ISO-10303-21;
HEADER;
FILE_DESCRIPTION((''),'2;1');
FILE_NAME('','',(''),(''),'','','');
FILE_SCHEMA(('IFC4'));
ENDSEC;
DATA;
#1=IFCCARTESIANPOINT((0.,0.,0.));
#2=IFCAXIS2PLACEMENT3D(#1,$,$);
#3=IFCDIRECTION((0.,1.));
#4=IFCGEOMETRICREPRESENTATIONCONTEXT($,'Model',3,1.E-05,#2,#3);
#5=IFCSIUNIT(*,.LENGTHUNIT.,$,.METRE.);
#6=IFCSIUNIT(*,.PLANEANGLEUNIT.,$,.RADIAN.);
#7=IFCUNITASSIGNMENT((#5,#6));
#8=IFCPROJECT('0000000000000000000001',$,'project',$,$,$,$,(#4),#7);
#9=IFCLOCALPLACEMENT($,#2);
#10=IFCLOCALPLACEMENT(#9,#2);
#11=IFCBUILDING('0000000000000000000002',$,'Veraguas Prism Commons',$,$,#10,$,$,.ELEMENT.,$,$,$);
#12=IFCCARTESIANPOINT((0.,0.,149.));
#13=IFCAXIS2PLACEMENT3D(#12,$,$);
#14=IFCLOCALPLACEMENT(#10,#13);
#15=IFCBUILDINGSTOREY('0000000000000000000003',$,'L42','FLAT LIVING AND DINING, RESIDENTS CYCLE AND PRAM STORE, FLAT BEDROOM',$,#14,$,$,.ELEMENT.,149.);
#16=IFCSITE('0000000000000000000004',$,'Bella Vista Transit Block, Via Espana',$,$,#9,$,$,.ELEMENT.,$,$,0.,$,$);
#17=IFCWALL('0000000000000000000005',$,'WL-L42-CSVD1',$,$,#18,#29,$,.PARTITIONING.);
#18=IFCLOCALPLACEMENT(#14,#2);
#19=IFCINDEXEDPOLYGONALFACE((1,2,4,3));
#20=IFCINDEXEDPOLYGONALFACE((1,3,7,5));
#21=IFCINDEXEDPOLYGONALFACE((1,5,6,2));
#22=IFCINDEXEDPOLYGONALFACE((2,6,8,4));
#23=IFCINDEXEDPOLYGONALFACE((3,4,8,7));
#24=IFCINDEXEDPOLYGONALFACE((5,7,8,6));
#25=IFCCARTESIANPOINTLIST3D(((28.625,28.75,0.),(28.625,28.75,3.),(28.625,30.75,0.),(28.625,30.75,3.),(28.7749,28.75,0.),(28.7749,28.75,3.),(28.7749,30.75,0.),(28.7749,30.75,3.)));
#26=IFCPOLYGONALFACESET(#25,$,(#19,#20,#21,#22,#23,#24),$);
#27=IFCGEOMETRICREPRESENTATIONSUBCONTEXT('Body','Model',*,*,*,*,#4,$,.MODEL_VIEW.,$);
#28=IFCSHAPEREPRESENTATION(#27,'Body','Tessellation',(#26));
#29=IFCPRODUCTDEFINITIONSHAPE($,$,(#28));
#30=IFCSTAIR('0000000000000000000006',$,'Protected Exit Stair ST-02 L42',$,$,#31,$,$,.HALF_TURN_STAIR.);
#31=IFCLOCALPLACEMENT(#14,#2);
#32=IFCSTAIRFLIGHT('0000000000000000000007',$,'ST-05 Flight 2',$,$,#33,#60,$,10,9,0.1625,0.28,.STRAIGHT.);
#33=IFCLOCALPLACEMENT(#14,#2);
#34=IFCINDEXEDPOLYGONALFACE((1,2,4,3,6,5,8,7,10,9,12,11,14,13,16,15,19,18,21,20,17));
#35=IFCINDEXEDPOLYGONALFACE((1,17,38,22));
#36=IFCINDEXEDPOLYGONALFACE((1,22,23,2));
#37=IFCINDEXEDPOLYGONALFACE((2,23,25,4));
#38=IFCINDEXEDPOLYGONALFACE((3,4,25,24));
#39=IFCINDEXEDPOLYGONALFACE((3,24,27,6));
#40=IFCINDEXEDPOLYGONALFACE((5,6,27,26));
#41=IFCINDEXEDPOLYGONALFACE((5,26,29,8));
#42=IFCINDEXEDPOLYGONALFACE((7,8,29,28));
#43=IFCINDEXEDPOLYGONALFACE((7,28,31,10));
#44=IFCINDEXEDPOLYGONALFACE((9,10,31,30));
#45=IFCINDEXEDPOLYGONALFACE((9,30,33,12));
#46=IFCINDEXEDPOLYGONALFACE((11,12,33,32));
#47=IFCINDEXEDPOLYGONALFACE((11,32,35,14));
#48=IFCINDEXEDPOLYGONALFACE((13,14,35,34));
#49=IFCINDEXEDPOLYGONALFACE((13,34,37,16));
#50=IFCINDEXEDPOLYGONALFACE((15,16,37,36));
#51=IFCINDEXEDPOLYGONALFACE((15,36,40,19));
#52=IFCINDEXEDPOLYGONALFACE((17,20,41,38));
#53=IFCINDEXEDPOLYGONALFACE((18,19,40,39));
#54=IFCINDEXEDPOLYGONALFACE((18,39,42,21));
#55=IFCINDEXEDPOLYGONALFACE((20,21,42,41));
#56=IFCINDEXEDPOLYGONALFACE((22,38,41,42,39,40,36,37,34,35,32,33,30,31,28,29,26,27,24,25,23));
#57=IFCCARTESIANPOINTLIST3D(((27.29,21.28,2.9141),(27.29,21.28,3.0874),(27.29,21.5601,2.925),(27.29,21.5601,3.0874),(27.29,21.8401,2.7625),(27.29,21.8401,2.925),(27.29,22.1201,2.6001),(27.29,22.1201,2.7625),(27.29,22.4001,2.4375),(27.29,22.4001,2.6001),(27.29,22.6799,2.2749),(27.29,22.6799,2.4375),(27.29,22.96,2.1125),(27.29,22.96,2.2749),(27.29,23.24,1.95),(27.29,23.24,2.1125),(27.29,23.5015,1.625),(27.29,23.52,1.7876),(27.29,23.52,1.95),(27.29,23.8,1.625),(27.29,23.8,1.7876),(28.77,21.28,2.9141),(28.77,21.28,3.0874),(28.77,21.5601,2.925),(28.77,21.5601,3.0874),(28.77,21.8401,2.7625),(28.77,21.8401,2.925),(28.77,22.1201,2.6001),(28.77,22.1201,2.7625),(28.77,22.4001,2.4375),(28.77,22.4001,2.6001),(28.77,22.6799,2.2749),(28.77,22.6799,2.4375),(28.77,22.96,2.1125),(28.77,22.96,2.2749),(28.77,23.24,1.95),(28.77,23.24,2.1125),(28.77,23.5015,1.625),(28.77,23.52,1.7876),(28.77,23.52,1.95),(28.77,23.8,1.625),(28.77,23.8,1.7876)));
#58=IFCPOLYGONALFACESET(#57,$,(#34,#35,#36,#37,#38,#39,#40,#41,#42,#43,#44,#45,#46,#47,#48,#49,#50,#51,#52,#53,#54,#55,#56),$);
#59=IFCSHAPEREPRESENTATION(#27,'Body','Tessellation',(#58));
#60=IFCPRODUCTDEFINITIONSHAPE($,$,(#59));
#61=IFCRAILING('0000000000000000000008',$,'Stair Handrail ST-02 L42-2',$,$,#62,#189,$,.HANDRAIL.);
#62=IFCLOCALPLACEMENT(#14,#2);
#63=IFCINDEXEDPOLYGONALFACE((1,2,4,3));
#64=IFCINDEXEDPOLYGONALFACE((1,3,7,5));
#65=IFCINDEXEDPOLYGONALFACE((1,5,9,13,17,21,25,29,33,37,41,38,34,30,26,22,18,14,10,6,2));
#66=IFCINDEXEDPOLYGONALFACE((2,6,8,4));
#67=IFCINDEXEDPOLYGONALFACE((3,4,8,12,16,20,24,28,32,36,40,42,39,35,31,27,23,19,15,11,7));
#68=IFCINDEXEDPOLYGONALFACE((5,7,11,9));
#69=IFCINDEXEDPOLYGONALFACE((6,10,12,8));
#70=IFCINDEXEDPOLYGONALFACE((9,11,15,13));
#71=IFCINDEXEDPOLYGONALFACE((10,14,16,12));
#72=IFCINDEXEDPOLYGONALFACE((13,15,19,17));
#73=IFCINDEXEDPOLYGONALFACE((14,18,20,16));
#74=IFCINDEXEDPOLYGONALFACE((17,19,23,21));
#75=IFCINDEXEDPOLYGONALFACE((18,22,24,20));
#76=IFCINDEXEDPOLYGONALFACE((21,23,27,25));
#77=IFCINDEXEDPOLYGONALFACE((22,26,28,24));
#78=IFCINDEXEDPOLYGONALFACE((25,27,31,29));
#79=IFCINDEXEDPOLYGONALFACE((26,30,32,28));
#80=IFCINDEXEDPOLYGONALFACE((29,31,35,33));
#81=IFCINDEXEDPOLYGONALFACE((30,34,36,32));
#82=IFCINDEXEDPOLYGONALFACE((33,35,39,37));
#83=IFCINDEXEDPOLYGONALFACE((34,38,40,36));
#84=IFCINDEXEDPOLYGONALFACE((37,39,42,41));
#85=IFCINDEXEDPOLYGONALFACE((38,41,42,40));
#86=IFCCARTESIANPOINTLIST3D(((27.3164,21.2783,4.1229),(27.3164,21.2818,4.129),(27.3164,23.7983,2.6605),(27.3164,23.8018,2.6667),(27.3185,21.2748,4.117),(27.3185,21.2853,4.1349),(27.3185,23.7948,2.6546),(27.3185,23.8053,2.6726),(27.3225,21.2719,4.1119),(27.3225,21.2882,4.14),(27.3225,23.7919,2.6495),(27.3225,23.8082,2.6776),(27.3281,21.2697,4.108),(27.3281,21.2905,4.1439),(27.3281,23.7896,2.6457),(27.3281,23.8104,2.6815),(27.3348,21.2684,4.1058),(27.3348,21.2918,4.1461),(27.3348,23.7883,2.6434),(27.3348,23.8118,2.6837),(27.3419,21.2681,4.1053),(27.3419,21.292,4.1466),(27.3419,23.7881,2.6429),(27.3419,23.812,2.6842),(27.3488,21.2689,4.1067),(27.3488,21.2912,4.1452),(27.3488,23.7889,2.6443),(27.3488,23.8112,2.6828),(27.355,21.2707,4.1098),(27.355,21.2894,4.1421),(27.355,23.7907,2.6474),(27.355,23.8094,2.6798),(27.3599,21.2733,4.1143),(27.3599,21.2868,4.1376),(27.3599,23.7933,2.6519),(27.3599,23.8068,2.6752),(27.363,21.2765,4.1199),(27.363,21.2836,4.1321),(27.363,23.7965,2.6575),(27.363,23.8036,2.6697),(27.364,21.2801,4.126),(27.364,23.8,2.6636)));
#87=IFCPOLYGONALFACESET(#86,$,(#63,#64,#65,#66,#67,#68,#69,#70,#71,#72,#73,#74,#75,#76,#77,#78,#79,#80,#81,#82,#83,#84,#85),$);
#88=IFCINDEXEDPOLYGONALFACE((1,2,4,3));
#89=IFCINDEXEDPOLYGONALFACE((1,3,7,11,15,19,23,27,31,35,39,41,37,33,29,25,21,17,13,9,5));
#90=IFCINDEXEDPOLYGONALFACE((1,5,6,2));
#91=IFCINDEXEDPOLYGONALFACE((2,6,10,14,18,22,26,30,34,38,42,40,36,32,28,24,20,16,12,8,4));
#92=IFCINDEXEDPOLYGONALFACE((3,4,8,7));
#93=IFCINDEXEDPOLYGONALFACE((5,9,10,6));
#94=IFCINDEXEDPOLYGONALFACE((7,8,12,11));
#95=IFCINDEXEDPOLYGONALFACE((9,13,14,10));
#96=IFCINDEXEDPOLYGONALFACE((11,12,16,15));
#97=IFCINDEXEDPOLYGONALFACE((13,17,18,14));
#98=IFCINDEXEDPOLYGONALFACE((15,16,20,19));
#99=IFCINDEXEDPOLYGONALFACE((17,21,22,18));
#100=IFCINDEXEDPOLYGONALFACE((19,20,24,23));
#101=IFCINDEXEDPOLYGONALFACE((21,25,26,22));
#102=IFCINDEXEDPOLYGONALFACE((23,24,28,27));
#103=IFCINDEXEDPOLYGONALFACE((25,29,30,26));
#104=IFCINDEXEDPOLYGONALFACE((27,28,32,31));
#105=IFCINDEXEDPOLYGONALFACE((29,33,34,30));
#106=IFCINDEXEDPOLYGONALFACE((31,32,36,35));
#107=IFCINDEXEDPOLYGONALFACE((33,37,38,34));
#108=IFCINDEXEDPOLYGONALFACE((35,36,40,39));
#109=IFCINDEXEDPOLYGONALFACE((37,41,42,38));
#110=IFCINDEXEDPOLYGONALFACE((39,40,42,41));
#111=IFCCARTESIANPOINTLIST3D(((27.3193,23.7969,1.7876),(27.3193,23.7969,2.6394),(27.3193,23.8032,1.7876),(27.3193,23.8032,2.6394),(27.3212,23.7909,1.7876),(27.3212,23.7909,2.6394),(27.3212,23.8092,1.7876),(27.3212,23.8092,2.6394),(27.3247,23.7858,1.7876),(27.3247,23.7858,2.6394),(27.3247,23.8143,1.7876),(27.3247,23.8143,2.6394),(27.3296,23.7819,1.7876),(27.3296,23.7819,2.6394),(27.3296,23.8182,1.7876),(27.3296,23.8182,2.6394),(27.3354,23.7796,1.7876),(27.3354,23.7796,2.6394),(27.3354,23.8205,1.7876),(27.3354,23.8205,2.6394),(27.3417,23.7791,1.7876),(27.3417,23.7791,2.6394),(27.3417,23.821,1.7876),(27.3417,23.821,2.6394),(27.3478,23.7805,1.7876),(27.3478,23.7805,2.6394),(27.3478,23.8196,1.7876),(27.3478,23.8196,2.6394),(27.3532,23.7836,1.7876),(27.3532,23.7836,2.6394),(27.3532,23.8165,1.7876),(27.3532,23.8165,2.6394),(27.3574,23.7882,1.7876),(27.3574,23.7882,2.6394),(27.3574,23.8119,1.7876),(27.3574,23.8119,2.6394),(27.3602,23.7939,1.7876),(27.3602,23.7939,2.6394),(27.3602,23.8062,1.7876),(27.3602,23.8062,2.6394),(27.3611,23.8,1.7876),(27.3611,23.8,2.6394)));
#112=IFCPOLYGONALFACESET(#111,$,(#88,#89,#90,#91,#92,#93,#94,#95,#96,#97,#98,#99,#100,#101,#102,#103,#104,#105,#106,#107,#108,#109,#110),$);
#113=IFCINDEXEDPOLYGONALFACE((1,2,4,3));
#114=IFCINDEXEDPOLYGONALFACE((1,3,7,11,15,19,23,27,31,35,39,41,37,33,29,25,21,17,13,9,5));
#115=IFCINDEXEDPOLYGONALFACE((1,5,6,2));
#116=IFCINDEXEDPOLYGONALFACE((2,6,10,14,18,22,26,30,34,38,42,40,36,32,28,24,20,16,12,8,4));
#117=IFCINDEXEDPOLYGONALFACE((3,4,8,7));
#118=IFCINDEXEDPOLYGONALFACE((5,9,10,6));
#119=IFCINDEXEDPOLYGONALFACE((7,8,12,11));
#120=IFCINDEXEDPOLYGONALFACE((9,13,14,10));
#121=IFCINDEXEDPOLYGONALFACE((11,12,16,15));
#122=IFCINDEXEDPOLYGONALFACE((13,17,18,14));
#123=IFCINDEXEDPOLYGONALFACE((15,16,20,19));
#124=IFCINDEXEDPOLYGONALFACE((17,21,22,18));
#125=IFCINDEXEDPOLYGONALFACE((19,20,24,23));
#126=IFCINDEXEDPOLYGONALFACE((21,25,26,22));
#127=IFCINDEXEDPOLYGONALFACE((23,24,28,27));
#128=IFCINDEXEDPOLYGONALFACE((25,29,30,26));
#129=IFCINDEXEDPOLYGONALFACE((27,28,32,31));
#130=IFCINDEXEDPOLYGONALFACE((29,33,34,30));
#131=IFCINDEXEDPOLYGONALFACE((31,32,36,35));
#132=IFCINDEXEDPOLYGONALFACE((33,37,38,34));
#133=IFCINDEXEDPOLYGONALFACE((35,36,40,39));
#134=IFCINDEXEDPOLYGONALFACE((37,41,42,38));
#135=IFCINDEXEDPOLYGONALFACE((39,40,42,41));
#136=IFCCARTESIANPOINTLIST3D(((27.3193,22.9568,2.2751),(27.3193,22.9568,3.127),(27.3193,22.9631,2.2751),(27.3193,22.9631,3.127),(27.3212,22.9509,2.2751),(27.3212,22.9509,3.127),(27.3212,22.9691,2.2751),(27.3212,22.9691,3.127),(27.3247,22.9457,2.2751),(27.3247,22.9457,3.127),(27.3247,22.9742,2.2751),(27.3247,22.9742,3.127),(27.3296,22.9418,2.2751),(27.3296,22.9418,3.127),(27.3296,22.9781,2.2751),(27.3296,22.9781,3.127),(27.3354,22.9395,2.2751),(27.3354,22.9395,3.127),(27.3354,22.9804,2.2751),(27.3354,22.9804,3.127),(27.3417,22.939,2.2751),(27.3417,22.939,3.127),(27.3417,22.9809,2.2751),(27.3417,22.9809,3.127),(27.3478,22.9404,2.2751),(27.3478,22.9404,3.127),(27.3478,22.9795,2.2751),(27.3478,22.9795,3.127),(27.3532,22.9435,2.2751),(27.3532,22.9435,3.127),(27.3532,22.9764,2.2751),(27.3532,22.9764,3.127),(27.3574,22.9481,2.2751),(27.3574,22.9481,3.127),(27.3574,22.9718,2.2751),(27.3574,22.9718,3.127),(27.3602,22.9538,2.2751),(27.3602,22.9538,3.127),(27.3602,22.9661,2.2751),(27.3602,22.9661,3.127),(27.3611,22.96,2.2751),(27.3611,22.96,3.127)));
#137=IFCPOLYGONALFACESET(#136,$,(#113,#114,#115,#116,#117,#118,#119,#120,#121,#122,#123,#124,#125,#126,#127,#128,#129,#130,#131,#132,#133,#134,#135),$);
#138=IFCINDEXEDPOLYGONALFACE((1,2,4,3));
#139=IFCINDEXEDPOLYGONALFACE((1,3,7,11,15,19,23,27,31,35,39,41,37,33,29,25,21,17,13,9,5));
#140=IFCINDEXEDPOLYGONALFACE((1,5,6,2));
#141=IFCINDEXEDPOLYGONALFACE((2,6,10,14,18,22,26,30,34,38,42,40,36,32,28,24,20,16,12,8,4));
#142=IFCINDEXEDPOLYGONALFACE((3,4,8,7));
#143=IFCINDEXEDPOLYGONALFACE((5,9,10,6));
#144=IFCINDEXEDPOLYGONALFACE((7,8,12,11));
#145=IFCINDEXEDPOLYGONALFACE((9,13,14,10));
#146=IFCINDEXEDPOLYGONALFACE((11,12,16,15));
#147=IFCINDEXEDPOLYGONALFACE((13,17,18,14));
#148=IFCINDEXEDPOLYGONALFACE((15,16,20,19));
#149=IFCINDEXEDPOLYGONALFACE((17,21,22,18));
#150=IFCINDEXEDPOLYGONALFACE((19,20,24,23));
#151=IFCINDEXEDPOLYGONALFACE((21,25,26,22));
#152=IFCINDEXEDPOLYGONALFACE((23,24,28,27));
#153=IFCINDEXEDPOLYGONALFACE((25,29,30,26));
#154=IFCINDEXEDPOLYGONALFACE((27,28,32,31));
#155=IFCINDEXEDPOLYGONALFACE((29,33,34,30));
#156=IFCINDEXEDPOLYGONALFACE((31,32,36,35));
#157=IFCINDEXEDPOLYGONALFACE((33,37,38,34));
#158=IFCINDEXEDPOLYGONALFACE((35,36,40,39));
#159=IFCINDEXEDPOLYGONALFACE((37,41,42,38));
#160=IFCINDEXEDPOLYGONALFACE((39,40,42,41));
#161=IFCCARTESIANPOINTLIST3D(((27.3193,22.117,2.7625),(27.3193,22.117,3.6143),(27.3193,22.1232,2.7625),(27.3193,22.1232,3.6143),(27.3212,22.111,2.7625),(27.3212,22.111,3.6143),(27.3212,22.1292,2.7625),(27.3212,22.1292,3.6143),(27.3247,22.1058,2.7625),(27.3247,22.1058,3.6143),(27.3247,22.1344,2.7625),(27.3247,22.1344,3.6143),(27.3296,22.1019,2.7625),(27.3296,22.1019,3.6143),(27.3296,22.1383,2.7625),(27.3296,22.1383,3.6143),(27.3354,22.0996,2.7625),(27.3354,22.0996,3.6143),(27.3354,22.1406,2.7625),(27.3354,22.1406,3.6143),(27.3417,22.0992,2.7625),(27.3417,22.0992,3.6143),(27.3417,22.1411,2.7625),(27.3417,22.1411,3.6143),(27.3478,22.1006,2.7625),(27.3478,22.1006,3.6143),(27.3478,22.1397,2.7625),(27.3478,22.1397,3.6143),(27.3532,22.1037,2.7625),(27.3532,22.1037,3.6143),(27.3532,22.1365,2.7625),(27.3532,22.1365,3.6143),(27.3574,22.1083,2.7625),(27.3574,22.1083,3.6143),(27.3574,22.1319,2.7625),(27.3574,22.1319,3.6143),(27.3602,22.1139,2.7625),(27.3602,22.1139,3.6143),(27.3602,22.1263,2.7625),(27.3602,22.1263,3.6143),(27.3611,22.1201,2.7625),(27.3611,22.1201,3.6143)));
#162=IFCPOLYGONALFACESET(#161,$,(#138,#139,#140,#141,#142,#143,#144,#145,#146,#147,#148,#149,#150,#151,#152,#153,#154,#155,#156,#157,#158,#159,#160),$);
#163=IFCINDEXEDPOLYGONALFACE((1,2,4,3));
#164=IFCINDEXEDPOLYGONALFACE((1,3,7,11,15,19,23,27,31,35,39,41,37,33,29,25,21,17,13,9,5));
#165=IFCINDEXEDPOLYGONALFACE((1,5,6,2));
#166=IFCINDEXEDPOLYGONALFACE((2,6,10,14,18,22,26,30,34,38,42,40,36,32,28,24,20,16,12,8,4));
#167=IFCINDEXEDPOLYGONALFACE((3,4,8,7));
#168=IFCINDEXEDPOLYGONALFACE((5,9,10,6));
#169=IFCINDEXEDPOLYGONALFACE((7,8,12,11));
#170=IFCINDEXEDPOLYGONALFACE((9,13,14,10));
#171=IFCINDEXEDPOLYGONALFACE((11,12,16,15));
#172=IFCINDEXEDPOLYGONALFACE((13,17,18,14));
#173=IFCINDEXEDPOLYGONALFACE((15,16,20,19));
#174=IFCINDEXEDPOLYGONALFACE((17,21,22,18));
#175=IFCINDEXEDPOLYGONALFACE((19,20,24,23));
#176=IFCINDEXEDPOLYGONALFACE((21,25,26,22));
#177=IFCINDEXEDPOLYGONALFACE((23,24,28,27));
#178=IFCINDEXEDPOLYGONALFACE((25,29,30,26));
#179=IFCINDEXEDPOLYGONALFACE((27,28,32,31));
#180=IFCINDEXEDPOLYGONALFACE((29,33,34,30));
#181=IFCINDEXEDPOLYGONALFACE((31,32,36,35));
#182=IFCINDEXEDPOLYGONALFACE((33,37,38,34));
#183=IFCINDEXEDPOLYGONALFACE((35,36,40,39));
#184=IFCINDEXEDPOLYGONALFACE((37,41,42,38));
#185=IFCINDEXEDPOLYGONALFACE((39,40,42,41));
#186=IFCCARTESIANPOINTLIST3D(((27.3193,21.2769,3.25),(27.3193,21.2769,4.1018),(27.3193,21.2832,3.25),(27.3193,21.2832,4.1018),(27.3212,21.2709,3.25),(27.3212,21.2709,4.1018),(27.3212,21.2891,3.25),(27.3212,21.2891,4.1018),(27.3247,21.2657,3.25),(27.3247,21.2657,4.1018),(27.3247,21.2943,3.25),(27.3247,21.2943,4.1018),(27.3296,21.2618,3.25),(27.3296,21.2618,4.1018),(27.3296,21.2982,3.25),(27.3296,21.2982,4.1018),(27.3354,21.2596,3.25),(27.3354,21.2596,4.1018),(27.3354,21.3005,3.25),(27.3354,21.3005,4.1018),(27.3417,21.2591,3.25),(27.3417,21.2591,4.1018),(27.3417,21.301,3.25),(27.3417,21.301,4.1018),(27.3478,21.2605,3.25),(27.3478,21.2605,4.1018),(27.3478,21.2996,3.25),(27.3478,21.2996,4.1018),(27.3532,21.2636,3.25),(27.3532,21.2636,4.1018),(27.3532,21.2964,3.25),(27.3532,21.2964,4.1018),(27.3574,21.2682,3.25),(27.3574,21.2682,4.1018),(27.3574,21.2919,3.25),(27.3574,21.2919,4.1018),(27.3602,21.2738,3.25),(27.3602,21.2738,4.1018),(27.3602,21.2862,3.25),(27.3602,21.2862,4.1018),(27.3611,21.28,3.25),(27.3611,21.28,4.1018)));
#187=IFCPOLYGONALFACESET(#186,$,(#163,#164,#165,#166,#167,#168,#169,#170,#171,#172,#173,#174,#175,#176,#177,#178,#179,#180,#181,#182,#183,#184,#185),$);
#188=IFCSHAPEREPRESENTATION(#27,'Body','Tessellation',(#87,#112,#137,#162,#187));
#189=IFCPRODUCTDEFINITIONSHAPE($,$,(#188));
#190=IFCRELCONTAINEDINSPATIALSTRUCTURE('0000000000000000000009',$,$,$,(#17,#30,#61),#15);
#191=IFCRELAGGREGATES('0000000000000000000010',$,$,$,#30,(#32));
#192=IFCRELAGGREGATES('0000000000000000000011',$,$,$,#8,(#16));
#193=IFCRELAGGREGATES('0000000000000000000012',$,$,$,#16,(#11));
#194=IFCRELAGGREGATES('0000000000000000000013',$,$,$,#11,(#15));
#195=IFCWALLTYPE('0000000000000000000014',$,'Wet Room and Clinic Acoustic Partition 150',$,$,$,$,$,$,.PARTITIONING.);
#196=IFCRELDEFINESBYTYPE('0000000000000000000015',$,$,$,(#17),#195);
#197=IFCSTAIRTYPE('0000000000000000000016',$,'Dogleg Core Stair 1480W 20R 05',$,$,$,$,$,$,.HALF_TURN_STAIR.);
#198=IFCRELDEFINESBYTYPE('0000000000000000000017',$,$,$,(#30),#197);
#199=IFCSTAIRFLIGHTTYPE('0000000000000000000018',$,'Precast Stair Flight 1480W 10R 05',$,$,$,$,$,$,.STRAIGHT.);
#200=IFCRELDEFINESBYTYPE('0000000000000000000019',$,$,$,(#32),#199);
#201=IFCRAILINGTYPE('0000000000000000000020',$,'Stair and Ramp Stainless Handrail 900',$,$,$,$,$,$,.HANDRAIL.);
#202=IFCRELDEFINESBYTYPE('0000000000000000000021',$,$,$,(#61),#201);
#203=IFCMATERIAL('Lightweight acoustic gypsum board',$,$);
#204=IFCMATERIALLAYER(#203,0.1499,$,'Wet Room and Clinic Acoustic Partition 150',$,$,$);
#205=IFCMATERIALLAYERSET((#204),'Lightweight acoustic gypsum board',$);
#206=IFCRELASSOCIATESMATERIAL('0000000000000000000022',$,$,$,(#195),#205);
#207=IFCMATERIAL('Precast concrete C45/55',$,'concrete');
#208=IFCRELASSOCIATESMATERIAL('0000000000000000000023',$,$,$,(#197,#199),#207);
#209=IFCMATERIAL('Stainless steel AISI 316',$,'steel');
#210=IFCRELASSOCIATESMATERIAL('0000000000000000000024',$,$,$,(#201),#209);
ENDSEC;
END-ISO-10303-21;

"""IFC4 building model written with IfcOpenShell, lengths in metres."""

from ifc_helpers import new_model, si_unit, direction, frame, frame_2d, origin, origin_2d, place, context, subcontext, project, spatial, polyline, rectangle, circle, outline, extrude, material, layer, layer_set, type_object, element, aggregate, save


model = new_model("IFC4")

# Units and contexts
model_context = context("Model", 3, precision=1e-05, world=origin(), true_north=direction((0.0, 1.0)))
body_context = subcontext(model_context, "Body", "Model", "MODEL_VIEW")
ifc_project = project(units=[si_unit("LENGTHUNIT", "METRE"), si_unit("PLANEANGLEUNIT", "RADIAN")], contexts=[model_context])

# Site, building, storey
site_placement = place(None, origin())
site = spatial("IfcSite", under=ifc_project, at=site_placement, Name="Bella Vista Transit Block, Via Espana", CompositionType="ELEMENT", RefElevation=0.0)
building_placement = place(site_placement, origin())
building = spatial("IfcBuilding", under=site, at=building_placement, Name="Veraguas Prism Commons", CompositionType="ELEMENT")
storey_placement = place(building_placement, frame((0.0, 0.0, 149.0)))
storey = spatial("IfcBuildingStorey", under=building, at=storey_placement, Name="L42", Description="FLAT LIVING AND DINING, RESIDENTS CYCLE AND PRAM STORE, FLAT BEDROOM", CompositionType="ELEMENT", Elevation=149.0)

# Shared definitions
ifc_material_1 = material(Name="Lightweight acoustic gypsum board")

# Shared definitions
ifc_material_2 = material(Name="Stainless steel AISI 316", Category="steel")

# Wall
ifc_layer_1 = layer(ifc_material_1, 0.1499, Name="Wet Room and Clinic Acoustic Partition 150")
ifc_layer_set_1 = layer_set([ifc_layer_1], Name="Lightweight acoustic gypsum board")
wall_type_1 = type_object("IfcWallType", Name="Wet Room and Clinic Acoustic Partition 150", PredefinedType="PARTITIONING", material=ifc_layer_set_1)
wall_1_placement = place(storey_placement, frame((28.7, 28.75, 0.0), z_axis=(0.0, 0.0, 1.0), x_axis=(0.0, 1.0, 0.0)))
element("IfcWall", 1, at=wall_1_placement, inside=storey, type_object=wall_type_1, Name="WL-L42-CSVD1", PredefinedType="PARTITIONING", context=body_context, shape_type="SweptSolid", body=[
    extrude(rectangle(XDim=2.0, YDim=0.1499, at=frame_2d((1.0, 0.0))), origin(), (0.0, 0.0, 1.0), 3.0),
])

# Stair, stair flight
ifc_material_3 = material(Name="Precast concrete C45/55", Category="concrete")
stair_type = type_object("IfcStairType", Name="Dogleg Core Stair 1480W 20R 05", PredefinedType="HALF_TURN_STAIR", material=ifc_material_3)
stair_placement = place(storey_placement, origin())
stair = element("IfcStair", 2, at=stair_placement, inside=storey, type_object=stair_type, Name="Protected Exit Stair ST-02 L42", PredefinedType="HALF_TURN_STAIR")
stair_flight_type = type_object("IfcStairFlightType", Name="Precast Stair Flight 1480W 10R 05", PredefinedType="STRAIGHT", material=ifc_material_3)
stair_flight_placement = place(storey_placement, frame((28.03, 23.8, 1.625), z_axis=(0.0, 0.0, 1.0), x_axis=(0.0, -1.0, 0.0)))
stair_flight = element("IfcStairFlight", 3, at=stair_flight_placement, type_object=stair_flight_type, Name="ST-05 Flight 2", NumberOfRisers=10, NumberOfTreads=9, PredefinedType="STRAIGHT", RiserHeight=0.1625, TreadLength=0.28, context=body_context, shape_type="SweptSolid", body=[
    extrude(outline(polyline([(0.0, 0.0), (0.0, 0.1626), (0.28, 0.1626), (0.28, 0.325), (0.5601, 0.325), (0.5601, 0.4875), (0.8401, 0.4875), (0.8401, 0.6499), (1.1201, 0.6499), (1.1201, 0.8125), (1.3999, 0.8125), (1.3999, 0.9751), (1.6799, 0.9751), (1.6799, 1.1375), (1.96, 1.1375), (1.96, 1.3), (2.24, 1.3), (2.24, 1.4624), (2.52, 1.4624), (2.52, 1.625), (2.52, 1.2891), (0.2986, 0.0), (0.0, 0.0)])), frame((0.0, 0.74, 0.0), z_axis=(0.0, -1.0, 0.0), x_axis=(1.0, 0.0, 0.0)), (0.0, 0.0, 1.0), 1.48),
])
aggregate(stair, [stair_flight])

# Railing
railing_type_1 = type_object("IfcRailingType", Name="Stair and Ramp Stainless Handrail 900", PredefinedType="HANDRAIL", material=ifc_material_2)
railing_1_placement = place(storey_placement, frame((27.3401, 23.8, 1.7876)))
element("IfcRailing", 4, at=railing_1_placement, inside=storey, type_object=railing_type_1, Name="Stair Handrail ST-02 L42-2", PredefinedType="HANDRAIL", context=body_context, shape_type="SweptSolid", body=[
    extrude(circle(Radius=0.0239, at=origin_2d()), frame((0.0, 0.0, 0.876), z_axis=(0.0, -0.864913, 0.501921), x_axis=(1.0, 0.0, 0.0)), (0.0, 0.0, 1.0), 2.9136),
    extrude(circle(Radius=0.021, at=origin_2d()), origin(), (0.0, 0.0, 1.0), 0.8518),
    extrude(circle(Radius=0.021, at=origin_2d()), frame((0.0, -0.8401, 0.4875)), (0.0, 0.0, 1.0), 0.8518),
    extrude(circle(Radius=0.021, at=origin_2d()), frame((0.0, -1.6799, 0.9749)), (0.0, 0.0, 1.0), 0.8518),
    extrude(circle(Radius=0.021, at=origin_2d()), frame((0.0, -2.52, 1.4624)), (0.0, 0.0, 1.0), 0.8518),
])

save(model, "model.ifc")
